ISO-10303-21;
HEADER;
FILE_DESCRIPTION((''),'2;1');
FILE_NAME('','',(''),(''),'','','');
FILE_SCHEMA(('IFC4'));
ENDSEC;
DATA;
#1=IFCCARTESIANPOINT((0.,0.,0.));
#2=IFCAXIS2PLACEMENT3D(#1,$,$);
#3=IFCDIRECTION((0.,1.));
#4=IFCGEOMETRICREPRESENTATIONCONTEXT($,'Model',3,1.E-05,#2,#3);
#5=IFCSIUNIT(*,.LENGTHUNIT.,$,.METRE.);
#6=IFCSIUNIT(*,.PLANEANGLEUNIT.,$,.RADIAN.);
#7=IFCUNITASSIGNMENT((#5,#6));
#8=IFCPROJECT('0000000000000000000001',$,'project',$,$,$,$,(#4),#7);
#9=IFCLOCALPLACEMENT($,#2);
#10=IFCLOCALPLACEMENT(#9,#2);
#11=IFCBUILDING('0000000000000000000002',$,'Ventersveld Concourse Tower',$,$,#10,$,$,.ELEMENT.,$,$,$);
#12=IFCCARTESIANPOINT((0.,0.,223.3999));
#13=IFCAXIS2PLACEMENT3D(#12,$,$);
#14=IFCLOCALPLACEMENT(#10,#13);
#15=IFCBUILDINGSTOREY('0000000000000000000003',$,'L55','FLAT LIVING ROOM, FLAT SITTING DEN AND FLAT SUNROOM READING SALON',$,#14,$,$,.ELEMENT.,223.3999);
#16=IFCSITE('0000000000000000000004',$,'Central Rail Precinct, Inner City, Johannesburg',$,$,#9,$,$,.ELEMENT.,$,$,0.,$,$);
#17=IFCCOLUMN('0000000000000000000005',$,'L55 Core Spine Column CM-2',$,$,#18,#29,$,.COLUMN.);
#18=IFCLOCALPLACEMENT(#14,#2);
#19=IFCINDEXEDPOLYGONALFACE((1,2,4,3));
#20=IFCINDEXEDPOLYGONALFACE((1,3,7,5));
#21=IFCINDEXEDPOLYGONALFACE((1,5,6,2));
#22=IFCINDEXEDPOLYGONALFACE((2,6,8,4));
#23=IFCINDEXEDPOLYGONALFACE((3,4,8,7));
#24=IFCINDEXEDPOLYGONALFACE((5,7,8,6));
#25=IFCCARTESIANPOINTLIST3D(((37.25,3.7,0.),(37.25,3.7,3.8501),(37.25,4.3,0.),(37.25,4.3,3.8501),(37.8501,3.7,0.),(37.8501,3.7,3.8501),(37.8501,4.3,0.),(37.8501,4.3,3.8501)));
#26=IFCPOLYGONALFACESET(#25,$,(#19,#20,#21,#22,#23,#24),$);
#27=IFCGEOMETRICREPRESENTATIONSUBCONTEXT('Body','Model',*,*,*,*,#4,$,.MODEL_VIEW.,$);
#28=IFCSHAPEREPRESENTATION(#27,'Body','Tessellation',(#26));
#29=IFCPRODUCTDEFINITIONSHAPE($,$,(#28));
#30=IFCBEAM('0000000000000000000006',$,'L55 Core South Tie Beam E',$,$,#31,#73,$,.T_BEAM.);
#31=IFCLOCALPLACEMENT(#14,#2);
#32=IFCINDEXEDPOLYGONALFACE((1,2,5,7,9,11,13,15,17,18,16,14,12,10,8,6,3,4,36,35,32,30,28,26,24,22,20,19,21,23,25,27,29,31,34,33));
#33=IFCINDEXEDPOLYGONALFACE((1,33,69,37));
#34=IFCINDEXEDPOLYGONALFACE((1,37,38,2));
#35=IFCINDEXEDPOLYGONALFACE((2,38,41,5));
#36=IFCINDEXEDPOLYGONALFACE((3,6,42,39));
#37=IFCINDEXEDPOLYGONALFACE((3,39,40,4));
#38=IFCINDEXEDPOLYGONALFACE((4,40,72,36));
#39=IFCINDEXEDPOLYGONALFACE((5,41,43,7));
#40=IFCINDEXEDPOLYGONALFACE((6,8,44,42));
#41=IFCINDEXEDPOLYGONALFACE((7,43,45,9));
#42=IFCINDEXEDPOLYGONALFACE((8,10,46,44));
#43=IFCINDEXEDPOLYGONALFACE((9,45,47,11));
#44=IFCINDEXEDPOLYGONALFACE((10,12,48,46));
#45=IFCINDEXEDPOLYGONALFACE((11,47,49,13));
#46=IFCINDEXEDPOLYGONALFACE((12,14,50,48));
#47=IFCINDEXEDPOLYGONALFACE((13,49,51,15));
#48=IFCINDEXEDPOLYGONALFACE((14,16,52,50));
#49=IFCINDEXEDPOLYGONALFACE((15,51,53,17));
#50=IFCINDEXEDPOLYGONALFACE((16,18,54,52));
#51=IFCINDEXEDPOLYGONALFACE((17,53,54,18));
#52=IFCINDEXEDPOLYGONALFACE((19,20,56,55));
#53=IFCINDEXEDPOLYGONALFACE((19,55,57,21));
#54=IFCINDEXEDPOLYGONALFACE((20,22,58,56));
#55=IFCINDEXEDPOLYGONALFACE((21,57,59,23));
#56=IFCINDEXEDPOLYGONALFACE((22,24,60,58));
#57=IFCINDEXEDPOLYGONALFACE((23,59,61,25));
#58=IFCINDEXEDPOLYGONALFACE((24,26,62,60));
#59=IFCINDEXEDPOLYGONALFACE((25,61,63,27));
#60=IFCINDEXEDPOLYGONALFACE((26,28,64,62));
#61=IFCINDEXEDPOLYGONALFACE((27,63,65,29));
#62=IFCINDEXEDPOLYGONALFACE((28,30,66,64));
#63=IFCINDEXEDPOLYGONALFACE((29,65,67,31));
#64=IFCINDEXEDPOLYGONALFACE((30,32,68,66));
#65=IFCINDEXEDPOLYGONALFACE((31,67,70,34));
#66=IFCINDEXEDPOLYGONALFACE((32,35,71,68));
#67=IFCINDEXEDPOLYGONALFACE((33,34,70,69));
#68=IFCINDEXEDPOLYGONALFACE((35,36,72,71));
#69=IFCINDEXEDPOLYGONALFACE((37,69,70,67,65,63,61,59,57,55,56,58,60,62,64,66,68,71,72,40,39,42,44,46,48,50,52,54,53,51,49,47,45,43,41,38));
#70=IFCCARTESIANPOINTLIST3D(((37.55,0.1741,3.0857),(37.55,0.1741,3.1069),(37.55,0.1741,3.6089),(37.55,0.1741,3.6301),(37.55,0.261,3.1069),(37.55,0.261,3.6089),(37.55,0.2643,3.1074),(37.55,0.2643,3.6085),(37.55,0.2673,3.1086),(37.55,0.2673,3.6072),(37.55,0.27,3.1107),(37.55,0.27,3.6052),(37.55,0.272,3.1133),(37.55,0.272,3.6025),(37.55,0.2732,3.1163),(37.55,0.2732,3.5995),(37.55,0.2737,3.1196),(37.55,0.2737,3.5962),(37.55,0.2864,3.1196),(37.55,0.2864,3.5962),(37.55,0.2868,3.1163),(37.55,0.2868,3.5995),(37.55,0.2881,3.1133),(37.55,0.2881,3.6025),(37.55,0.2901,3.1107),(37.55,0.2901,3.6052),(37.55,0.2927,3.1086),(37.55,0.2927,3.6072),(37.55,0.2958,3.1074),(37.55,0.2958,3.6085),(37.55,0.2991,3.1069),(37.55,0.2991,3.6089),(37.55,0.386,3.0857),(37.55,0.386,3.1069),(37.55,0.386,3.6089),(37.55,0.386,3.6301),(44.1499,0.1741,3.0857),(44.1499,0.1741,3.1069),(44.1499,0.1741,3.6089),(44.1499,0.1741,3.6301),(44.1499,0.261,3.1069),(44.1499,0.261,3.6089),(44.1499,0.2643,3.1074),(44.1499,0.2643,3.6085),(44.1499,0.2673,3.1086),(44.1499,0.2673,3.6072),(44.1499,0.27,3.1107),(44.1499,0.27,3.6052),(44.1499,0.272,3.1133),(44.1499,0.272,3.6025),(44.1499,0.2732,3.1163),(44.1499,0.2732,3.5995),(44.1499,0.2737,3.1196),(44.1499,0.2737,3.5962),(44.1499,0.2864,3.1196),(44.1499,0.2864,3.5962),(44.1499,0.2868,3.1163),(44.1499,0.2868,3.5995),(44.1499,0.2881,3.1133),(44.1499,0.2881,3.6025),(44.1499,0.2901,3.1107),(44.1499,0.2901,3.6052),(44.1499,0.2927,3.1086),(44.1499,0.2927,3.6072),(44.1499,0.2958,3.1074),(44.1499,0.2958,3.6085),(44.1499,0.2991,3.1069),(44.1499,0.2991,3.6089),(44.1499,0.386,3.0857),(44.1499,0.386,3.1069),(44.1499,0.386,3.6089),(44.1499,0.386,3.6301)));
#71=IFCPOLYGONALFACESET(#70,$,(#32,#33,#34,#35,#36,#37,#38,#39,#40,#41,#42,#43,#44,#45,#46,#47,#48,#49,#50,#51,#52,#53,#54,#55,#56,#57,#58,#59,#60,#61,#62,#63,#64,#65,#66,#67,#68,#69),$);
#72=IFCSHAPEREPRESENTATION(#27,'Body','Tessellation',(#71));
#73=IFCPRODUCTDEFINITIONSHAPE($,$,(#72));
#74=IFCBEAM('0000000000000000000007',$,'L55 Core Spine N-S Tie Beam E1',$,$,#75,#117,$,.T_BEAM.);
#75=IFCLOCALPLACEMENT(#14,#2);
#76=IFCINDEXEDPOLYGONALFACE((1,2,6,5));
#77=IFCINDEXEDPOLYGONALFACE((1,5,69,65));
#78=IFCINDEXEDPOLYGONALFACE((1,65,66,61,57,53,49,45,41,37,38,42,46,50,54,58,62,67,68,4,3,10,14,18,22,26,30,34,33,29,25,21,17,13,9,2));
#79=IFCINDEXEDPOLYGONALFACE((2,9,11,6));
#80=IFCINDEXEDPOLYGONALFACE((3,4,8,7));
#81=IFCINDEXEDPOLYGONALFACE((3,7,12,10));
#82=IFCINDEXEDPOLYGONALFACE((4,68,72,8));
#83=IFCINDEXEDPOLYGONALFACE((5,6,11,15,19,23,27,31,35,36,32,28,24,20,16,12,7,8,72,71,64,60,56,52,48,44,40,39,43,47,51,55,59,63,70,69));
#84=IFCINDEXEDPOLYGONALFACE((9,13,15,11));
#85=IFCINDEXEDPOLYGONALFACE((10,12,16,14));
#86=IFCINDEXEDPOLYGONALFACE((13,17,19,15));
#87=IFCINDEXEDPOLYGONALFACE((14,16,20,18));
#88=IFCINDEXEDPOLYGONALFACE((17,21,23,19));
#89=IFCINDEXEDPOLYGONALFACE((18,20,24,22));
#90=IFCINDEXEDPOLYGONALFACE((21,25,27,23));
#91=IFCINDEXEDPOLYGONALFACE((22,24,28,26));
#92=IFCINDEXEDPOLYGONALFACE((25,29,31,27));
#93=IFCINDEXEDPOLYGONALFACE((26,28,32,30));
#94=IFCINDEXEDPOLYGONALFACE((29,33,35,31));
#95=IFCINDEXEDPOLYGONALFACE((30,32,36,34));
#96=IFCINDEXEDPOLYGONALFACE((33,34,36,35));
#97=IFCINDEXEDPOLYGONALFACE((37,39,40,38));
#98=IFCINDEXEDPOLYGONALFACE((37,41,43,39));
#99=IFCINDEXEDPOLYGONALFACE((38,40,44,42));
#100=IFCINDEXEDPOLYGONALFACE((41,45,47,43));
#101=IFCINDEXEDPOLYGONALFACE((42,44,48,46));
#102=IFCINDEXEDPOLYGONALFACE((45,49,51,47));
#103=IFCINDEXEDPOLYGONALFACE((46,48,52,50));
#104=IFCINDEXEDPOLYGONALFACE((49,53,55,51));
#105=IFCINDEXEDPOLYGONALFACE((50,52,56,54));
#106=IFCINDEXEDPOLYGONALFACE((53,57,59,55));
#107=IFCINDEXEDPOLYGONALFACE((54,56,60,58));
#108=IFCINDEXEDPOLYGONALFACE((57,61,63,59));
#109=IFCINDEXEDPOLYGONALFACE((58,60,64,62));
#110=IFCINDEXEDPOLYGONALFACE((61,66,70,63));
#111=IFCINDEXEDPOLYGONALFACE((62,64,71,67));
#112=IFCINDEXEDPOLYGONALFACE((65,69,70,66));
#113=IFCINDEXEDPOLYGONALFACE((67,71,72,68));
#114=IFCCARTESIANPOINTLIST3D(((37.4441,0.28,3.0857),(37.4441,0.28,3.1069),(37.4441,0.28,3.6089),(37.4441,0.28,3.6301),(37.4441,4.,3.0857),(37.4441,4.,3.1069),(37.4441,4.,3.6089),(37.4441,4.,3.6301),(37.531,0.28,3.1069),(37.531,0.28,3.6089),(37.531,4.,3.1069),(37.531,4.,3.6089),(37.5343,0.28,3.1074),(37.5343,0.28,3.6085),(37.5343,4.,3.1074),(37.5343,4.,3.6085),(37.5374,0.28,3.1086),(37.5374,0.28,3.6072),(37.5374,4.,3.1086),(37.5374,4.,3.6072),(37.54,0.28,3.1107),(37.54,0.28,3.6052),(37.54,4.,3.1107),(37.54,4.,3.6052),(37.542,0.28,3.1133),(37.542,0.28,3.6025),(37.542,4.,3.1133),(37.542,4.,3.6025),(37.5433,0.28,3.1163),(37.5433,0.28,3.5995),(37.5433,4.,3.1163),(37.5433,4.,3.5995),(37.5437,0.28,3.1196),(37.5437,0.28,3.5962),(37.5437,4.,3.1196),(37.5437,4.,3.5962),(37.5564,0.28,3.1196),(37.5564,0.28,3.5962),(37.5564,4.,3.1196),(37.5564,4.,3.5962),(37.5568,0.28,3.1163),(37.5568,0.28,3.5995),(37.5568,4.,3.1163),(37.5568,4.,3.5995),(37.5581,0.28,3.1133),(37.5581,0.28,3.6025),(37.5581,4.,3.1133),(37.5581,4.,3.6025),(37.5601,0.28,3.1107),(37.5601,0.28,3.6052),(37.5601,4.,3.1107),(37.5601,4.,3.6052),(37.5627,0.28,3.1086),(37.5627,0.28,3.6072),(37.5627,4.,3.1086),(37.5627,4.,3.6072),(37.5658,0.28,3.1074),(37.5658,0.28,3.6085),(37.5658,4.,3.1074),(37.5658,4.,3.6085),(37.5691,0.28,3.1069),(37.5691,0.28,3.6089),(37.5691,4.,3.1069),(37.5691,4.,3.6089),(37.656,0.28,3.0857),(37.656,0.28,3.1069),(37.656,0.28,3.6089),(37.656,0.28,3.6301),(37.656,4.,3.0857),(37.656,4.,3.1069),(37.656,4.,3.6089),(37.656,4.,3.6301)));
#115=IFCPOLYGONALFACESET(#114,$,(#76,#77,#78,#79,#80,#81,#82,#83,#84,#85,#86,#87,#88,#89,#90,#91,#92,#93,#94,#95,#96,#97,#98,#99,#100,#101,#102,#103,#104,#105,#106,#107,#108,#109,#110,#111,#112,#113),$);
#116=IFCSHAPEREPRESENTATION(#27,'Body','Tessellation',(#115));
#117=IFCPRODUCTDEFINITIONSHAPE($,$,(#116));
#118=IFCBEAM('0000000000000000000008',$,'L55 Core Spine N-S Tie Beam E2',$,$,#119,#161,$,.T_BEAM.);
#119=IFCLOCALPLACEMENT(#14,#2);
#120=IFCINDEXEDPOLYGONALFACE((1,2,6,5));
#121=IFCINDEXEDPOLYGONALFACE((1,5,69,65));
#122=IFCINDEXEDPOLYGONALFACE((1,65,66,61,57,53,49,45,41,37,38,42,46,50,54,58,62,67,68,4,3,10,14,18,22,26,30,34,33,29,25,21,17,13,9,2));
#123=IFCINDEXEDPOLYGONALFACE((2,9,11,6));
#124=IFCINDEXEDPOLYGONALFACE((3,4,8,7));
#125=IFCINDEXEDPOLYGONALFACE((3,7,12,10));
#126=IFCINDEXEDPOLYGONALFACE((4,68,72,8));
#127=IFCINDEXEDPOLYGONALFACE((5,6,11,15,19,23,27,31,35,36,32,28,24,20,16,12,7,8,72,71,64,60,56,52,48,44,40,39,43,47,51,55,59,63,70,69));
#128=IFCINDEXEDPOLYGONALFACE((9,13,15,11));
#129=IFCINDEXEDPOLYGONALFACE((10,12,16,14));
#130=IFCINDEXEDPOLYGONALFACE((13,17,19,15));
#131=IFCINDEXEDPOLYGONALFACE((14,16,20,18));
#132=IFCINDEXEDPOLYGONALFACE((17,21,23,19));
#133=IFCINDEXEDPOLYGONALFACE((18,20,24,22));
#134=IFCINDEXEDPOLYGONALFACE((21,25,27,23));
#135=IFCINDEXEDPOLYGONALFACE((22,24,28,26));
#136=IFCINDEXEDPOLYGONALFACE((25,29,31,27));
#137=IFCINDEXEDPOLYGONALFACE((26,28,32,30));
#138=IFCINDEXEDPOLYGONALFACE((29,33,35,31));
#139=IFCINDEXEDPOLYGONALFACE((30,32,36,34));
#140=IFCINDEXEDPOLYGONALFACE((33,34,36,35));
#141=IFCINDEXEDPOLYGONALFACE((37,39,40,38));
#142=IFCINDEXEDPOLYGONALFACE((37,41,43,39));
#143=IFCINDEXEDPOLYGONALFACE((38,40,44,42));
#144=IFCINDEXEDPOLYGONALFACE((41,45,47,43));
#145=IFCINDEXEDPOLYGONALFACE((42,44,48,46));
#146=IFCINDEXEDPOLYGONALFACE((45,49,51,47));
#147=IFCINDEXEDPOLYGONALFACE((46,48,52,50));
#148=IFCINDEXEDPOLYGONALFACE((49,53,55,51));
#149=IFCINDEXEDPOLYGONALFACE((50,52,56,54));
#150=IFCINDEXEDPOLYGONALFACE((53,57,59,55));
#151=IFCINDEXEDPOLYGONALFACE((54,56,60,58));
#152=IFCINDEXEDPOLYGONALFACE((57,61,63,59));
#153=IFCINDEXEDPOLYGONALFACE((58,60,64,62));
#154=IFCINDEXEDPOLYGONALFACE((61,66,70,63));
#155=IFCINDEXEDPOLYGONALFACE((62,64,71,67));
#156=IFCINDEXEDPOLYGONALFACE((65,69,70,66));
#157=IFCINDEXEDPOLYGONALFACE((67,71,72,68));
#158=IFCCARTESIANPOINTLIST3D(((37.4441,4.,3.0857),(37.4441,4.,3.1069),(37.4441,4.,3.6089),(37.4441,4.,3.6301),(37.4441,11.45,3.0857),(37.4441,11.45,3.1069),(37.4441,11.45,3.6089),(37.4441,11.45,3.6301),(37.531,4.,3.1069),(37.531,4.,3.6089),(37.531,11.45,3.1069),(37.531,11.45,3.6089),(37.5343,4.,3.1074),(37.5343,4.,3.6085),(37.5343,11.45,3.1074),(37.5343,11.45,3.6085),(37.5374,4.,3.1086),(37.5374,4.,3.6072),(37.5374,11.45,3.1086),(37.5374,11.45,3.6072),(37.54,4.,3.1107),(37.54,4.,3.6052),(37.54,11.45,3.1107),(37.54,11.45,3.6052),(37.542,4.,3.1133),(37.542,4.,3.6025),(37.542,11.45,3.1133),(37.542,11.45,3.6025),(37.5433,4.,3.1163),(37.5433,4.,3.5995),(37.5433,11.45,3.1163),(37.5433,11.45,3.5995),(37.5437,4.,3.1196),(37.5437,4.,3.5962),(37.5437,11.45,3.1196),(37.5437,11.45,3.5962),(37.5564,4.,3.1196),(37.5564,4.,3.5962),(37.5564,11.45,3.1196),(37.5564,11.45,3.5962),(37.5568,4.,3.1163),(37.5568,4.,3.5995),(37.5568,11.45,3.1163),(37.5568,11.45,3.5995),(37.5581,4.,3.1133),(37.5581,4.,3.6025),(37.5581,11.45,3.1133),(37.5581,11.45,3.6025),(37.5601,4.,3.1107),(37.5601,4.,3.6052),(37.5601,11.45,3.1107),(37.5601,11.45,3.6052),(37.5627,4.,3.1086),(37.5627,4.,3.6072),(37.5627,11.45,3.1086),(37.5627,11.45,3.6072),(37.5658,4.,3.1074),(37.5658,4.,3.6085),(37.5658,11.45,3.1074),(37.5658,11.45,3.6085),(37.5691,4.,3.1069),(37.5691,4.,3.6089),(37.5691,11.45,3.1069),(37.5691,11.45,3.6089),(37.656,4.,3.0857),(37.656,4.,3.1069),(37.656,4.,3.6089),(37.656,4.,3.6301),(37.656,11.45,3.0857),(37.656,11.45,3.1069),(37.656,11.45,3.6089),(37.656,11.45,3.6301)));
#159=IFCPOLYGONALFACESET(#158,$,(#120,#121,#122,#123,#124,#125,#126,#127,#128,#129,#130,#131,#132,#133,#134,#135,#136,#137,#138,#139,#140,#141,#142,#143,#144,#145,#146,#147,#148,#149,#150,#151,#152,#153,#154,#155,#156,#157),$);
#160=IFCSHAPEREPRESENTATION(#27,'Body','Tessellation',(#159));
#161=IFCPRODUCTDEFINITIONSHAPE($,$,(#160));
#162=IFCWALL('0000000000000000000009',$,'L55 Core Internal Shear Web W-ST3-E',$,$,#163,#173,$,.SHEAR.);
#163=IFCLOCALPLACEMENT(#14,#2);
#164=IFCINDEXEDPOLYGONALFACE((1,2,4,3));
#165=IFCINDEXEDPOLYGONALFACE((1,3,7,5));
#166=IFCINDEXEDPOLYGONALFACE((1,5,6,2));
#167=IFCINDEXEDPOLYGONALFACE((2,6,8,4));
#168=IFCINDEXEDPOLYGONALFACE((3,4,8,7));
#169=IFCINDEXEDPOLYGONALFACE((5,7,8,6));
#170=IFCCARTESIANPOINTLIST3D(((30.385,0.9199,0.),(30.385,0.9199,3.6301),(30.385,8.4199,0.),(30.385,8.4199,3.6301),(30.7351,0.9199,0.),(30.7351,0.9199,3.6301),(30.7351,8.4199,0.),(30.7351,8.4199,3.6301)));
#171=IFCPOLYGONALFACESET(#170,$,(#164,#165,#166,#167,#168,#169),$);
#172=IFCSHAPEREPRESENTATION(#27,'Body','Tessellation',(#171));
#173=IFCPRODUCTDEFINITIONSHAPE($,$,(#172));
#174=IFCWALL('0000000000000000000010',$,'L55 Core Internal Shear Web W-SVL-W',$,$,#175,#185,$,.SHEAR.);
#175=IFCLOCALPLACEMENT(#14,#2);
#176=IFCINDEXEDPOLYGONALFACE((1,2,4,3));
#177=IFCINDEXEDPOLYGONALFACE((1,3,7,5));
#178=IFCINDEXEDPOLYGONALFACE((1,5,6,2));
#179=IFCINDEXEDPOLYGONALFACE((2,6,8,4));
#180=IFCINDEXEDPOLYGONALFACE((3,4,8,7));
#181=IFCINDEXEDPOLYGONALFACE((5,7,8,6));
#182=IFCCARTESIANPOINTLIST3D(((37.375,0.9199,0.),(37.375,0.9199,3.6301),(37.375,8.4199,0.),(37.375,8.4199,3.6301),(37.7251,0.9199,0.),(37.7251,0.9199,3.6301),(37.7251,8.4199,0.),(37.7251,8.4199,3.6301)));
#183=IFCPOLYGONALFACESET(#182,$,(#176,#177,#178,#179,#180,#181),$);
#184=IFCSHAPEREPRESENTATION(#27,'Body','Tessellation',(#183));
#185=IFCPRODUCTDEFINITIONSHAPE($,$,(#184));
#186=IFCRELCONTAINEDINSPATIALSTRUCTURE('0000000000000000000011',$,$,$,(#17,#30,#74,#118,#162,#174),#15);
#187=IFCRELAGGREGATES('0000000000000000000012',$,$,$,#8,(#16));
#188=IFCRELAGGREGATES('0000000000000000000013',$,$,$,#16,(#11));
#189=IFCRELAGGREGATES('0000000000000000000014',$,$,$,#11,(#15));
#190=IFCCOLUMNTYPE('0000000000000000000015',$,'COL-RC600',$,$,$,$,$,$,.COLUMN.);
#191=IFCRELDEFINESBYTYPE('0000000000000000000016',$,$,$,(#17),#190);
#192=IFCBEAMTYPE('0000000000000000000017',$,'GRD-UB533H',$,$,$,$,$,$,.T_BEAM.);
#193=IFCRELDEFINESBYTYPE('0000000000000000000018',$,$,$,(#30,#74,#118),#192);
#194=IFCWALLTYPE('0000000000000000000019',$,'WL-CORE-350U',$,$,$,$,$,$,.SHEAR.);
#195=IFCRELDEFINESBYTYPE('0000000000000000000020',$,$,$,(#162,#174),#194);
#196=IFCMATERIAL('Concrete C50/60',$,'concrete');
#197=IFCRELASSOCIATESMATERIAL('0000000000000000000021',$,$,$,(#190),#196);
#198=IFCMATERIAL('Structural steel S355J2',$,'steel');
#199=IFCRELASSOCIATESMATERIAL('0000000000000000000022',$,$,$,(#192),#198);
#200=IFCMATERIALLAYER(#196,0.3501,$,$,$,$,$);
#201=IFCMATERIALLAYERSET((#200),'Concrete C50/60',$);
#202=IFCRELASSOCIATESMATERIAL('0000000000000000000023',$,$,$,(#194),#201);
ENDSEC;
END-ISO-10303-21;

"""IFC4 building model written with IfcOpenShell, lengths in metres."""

from ifc_helpers import new_model, si_unit, direction, frame, frame_2d, origin, origin_2d, place, context, subcontext, project, spatial, rectangle, i_section, extrude, material, layer, layer_set, material_profile, profile_set, type_object, element, save


model = new_model("IFC4")

# Units and contexts
model_context = context("Model", 3, precision=1e-05, world=origin(), true_north=direction((0.0, 1.0)))
body_context = subcontext(model_context, "Body", "Model", "MODEL_VIEW")
ifc_project = project(units=[si_unit("LENGTHUNIT", "METRE"), si_unit("PLANEANGLEUNIT", "RADIAN")], contexts=[model_context])

# Site, building, storey
site_placement = place(None, origin())
site = spatial("IfcSite", under=ifc_project, at=site_placement, Name="Central Rail Precinct, Inner City, Johannesburg", CompositionType="ELEMENT", RefElevation=0.0)
building_placement = place(site_placement, origin())
building = spatial("IfcBuilding", under=site, at=building_placement, Name="Ventersveld Concourse Tower", CompositionType="ELEMENT")
storey_placement = place(building_placement, frame((0.0, 0.0, 223.3999)))
storey = spatial("IfcBuildingStorey", under=building, at=storey_placement, Name="L55", Description="FLAT LIVING ROOM, FLAT SITTING DEN AND FLAT SUNROOM READING SALON", CompositionType="ELEMENT", Elevation=223.3999)

# Column
ifc_material_1 = material(Name="Concrete C50/60", Category="concrete")
ifc_material_profile_1 = material_profile(ifc_material_1, rectangle(XDim=0.6001, YDim=0.6001, at=origin_2d()), Name="RC 600x600")
ifc_profile_set_1 = profile_set([ifc_material_profile_1], Name="Concrete C50/60")
column_type = type_object("IfcColumnType", Name="COL-RC600", PredefinedType="COLUMN", material=ifc_profile_set_1)
column_placement = place(storey_placement, frame((37.55, 4.0, 0.0), z_axis=(0.0, 0.0, 1.0), x_axis=(1.0, 0.0, 0.0)))
element("IfcColumn", 1, at=column_placement, inside=storey, type_object=column_type, Name="L55 Core Spine Column CM-2", PredefinedType="COLUMN", context=body_context, shape_type="SweptSolid", body=[
    extrude(rectangle(XDim=0.6001, YDim=0.6001, at=origin_2d()), origin(), (0.0, 0.0, 1.0), 3.8501),
])

# Beams
ifc_material_2 = material(Name="Structural steel S355J2", Category="steel")
ifc_material_profile_2 = material_profile(ifc_material_2, i_section(OverallWidth=0.2119, OverallDepth=0.5444, WebThickness=0.0127, FlangeThickness=0.0212, FilletRadius=0.0127, at=origin_2d()), Name="UB 533x210x122")
ifc_profile_set_2 = profile_set([ifc_material_profile_2], Name="Structural steel S355J2")
beam_type = type_object("IfcBeamType", Name="GRD-UB533H", PredefinedType="T_BEAM", material=ifc_profile_set_2)
beam_1_placement = place(storey_placement, frame((37.55, 0.28, 3.3579), z_axis=(1.0, 0.0, 0.0), x_axis=(0.0, 1.0, 0.0)))
element("IfcBeam", 2, at=beam_1_placement, inside=storey, type_object=beam_type, Name="L55 Core South Tie Beam E", PredefinedType="T_BEAM", context=body_context, shape_type="SweptSolid", body=[
    extrude(i_section(OverallWidth=0.2119, OverallDepth=0.5444, WebThickness=0.0127, FlangeThickness=0.0212, FilletRadius=0.0127, at=origin_2d()), origin(), (0.0, 0.0, 1.0), 6.5999),
])
beam_2_placement = place(storey_placement, frame((37.55, 0.28, 3.3579), z_axis=(0.0, 1.0, 0.0), x_axis=(-1.0, 0.0, 0.0)))
element("IfcBeam", 3, at=beam_2_placement, inside=storey, type_object=beam_type, Name="L55 Core Spine N-S Tie Beam E1", PredefinedType="T_BEAM", context=body_context, shape_type="SweptSolid", body=[
    extrude(i_section(OverallWidth=0.2119, OverallDepth=0.5444, WebThickness=0.0127, FlangeThickness=0.0212, FilletRadius=0.0127, at=origin_2d()), origin(), (0.0, 0.0, 1.0), 3.72),
])
beam_3_placement = place(storey_placement, frame((37.55, 4.0, 3.3579), z_axis=(0.0, 1.0, 0.0), x_axis=(-1.0, 0.0, 0.0)))
element("IfcBeam", 4, at=beam_3_placement, inside=storey, type_object=beam_type, Name="L55 Core Spine N-S Tie Beam E2", PredefinedType="T_BEAM", context=body_context, shape_type="SweptSolid", body=[
    extrude(i_section(OverallWidth=0.2119, OverallDepth=0.5444, WebThickness=0.0127, FlangeThickness=0.0212, FilletRadius=0.0127, at=origin_2d()), origin(), (0.0, 0.0, 1.0), 7.45),
])

# Walls
ifc_layer_1 = layer(ifc_material_1, 0.3501)
ifc_layer_set_1 = layer_set([ifc_layer_1], Name="Concrete C50/60")
wall_type_1 = type_object("IfcWallType", Name="WL-CORE-350U", PredefinedType="SHEAR", material=ifc_layer_set_1)
for number, where, z_axis, x_axis, name in (
    (5, (30.5601, 0.9199, 0.0), (0.0, 0.0, 1.0), (0.0, 1.0, 0.0), "L55 Core Internal Shear Web W-ST3-E"),
    (6, (37.55, 0.9199, 0.0), (0.0, 0.0, 1.0), (0.0, 1.0, 0.0), "L55 Core Internal Shear Web W-SVL-W"),
):
    element("IfcWall", number, at=place(storey_placement, frame(where, z_axis=z_axis, x_axis=x_axis)), inside=storey, type_object=wall_type_1, Name=name, PredefinedType="SHEAR", context=body_context, shape_type="SweptSolid", body=[
        extrude(rectangle(XDim=7.5, YDim=0.3501, at=frame_2d((3.75, 0.0))), origin(), (0.0, 0.0, 1.0), 3.6301),
    ])

save(model, "model.ifc")
